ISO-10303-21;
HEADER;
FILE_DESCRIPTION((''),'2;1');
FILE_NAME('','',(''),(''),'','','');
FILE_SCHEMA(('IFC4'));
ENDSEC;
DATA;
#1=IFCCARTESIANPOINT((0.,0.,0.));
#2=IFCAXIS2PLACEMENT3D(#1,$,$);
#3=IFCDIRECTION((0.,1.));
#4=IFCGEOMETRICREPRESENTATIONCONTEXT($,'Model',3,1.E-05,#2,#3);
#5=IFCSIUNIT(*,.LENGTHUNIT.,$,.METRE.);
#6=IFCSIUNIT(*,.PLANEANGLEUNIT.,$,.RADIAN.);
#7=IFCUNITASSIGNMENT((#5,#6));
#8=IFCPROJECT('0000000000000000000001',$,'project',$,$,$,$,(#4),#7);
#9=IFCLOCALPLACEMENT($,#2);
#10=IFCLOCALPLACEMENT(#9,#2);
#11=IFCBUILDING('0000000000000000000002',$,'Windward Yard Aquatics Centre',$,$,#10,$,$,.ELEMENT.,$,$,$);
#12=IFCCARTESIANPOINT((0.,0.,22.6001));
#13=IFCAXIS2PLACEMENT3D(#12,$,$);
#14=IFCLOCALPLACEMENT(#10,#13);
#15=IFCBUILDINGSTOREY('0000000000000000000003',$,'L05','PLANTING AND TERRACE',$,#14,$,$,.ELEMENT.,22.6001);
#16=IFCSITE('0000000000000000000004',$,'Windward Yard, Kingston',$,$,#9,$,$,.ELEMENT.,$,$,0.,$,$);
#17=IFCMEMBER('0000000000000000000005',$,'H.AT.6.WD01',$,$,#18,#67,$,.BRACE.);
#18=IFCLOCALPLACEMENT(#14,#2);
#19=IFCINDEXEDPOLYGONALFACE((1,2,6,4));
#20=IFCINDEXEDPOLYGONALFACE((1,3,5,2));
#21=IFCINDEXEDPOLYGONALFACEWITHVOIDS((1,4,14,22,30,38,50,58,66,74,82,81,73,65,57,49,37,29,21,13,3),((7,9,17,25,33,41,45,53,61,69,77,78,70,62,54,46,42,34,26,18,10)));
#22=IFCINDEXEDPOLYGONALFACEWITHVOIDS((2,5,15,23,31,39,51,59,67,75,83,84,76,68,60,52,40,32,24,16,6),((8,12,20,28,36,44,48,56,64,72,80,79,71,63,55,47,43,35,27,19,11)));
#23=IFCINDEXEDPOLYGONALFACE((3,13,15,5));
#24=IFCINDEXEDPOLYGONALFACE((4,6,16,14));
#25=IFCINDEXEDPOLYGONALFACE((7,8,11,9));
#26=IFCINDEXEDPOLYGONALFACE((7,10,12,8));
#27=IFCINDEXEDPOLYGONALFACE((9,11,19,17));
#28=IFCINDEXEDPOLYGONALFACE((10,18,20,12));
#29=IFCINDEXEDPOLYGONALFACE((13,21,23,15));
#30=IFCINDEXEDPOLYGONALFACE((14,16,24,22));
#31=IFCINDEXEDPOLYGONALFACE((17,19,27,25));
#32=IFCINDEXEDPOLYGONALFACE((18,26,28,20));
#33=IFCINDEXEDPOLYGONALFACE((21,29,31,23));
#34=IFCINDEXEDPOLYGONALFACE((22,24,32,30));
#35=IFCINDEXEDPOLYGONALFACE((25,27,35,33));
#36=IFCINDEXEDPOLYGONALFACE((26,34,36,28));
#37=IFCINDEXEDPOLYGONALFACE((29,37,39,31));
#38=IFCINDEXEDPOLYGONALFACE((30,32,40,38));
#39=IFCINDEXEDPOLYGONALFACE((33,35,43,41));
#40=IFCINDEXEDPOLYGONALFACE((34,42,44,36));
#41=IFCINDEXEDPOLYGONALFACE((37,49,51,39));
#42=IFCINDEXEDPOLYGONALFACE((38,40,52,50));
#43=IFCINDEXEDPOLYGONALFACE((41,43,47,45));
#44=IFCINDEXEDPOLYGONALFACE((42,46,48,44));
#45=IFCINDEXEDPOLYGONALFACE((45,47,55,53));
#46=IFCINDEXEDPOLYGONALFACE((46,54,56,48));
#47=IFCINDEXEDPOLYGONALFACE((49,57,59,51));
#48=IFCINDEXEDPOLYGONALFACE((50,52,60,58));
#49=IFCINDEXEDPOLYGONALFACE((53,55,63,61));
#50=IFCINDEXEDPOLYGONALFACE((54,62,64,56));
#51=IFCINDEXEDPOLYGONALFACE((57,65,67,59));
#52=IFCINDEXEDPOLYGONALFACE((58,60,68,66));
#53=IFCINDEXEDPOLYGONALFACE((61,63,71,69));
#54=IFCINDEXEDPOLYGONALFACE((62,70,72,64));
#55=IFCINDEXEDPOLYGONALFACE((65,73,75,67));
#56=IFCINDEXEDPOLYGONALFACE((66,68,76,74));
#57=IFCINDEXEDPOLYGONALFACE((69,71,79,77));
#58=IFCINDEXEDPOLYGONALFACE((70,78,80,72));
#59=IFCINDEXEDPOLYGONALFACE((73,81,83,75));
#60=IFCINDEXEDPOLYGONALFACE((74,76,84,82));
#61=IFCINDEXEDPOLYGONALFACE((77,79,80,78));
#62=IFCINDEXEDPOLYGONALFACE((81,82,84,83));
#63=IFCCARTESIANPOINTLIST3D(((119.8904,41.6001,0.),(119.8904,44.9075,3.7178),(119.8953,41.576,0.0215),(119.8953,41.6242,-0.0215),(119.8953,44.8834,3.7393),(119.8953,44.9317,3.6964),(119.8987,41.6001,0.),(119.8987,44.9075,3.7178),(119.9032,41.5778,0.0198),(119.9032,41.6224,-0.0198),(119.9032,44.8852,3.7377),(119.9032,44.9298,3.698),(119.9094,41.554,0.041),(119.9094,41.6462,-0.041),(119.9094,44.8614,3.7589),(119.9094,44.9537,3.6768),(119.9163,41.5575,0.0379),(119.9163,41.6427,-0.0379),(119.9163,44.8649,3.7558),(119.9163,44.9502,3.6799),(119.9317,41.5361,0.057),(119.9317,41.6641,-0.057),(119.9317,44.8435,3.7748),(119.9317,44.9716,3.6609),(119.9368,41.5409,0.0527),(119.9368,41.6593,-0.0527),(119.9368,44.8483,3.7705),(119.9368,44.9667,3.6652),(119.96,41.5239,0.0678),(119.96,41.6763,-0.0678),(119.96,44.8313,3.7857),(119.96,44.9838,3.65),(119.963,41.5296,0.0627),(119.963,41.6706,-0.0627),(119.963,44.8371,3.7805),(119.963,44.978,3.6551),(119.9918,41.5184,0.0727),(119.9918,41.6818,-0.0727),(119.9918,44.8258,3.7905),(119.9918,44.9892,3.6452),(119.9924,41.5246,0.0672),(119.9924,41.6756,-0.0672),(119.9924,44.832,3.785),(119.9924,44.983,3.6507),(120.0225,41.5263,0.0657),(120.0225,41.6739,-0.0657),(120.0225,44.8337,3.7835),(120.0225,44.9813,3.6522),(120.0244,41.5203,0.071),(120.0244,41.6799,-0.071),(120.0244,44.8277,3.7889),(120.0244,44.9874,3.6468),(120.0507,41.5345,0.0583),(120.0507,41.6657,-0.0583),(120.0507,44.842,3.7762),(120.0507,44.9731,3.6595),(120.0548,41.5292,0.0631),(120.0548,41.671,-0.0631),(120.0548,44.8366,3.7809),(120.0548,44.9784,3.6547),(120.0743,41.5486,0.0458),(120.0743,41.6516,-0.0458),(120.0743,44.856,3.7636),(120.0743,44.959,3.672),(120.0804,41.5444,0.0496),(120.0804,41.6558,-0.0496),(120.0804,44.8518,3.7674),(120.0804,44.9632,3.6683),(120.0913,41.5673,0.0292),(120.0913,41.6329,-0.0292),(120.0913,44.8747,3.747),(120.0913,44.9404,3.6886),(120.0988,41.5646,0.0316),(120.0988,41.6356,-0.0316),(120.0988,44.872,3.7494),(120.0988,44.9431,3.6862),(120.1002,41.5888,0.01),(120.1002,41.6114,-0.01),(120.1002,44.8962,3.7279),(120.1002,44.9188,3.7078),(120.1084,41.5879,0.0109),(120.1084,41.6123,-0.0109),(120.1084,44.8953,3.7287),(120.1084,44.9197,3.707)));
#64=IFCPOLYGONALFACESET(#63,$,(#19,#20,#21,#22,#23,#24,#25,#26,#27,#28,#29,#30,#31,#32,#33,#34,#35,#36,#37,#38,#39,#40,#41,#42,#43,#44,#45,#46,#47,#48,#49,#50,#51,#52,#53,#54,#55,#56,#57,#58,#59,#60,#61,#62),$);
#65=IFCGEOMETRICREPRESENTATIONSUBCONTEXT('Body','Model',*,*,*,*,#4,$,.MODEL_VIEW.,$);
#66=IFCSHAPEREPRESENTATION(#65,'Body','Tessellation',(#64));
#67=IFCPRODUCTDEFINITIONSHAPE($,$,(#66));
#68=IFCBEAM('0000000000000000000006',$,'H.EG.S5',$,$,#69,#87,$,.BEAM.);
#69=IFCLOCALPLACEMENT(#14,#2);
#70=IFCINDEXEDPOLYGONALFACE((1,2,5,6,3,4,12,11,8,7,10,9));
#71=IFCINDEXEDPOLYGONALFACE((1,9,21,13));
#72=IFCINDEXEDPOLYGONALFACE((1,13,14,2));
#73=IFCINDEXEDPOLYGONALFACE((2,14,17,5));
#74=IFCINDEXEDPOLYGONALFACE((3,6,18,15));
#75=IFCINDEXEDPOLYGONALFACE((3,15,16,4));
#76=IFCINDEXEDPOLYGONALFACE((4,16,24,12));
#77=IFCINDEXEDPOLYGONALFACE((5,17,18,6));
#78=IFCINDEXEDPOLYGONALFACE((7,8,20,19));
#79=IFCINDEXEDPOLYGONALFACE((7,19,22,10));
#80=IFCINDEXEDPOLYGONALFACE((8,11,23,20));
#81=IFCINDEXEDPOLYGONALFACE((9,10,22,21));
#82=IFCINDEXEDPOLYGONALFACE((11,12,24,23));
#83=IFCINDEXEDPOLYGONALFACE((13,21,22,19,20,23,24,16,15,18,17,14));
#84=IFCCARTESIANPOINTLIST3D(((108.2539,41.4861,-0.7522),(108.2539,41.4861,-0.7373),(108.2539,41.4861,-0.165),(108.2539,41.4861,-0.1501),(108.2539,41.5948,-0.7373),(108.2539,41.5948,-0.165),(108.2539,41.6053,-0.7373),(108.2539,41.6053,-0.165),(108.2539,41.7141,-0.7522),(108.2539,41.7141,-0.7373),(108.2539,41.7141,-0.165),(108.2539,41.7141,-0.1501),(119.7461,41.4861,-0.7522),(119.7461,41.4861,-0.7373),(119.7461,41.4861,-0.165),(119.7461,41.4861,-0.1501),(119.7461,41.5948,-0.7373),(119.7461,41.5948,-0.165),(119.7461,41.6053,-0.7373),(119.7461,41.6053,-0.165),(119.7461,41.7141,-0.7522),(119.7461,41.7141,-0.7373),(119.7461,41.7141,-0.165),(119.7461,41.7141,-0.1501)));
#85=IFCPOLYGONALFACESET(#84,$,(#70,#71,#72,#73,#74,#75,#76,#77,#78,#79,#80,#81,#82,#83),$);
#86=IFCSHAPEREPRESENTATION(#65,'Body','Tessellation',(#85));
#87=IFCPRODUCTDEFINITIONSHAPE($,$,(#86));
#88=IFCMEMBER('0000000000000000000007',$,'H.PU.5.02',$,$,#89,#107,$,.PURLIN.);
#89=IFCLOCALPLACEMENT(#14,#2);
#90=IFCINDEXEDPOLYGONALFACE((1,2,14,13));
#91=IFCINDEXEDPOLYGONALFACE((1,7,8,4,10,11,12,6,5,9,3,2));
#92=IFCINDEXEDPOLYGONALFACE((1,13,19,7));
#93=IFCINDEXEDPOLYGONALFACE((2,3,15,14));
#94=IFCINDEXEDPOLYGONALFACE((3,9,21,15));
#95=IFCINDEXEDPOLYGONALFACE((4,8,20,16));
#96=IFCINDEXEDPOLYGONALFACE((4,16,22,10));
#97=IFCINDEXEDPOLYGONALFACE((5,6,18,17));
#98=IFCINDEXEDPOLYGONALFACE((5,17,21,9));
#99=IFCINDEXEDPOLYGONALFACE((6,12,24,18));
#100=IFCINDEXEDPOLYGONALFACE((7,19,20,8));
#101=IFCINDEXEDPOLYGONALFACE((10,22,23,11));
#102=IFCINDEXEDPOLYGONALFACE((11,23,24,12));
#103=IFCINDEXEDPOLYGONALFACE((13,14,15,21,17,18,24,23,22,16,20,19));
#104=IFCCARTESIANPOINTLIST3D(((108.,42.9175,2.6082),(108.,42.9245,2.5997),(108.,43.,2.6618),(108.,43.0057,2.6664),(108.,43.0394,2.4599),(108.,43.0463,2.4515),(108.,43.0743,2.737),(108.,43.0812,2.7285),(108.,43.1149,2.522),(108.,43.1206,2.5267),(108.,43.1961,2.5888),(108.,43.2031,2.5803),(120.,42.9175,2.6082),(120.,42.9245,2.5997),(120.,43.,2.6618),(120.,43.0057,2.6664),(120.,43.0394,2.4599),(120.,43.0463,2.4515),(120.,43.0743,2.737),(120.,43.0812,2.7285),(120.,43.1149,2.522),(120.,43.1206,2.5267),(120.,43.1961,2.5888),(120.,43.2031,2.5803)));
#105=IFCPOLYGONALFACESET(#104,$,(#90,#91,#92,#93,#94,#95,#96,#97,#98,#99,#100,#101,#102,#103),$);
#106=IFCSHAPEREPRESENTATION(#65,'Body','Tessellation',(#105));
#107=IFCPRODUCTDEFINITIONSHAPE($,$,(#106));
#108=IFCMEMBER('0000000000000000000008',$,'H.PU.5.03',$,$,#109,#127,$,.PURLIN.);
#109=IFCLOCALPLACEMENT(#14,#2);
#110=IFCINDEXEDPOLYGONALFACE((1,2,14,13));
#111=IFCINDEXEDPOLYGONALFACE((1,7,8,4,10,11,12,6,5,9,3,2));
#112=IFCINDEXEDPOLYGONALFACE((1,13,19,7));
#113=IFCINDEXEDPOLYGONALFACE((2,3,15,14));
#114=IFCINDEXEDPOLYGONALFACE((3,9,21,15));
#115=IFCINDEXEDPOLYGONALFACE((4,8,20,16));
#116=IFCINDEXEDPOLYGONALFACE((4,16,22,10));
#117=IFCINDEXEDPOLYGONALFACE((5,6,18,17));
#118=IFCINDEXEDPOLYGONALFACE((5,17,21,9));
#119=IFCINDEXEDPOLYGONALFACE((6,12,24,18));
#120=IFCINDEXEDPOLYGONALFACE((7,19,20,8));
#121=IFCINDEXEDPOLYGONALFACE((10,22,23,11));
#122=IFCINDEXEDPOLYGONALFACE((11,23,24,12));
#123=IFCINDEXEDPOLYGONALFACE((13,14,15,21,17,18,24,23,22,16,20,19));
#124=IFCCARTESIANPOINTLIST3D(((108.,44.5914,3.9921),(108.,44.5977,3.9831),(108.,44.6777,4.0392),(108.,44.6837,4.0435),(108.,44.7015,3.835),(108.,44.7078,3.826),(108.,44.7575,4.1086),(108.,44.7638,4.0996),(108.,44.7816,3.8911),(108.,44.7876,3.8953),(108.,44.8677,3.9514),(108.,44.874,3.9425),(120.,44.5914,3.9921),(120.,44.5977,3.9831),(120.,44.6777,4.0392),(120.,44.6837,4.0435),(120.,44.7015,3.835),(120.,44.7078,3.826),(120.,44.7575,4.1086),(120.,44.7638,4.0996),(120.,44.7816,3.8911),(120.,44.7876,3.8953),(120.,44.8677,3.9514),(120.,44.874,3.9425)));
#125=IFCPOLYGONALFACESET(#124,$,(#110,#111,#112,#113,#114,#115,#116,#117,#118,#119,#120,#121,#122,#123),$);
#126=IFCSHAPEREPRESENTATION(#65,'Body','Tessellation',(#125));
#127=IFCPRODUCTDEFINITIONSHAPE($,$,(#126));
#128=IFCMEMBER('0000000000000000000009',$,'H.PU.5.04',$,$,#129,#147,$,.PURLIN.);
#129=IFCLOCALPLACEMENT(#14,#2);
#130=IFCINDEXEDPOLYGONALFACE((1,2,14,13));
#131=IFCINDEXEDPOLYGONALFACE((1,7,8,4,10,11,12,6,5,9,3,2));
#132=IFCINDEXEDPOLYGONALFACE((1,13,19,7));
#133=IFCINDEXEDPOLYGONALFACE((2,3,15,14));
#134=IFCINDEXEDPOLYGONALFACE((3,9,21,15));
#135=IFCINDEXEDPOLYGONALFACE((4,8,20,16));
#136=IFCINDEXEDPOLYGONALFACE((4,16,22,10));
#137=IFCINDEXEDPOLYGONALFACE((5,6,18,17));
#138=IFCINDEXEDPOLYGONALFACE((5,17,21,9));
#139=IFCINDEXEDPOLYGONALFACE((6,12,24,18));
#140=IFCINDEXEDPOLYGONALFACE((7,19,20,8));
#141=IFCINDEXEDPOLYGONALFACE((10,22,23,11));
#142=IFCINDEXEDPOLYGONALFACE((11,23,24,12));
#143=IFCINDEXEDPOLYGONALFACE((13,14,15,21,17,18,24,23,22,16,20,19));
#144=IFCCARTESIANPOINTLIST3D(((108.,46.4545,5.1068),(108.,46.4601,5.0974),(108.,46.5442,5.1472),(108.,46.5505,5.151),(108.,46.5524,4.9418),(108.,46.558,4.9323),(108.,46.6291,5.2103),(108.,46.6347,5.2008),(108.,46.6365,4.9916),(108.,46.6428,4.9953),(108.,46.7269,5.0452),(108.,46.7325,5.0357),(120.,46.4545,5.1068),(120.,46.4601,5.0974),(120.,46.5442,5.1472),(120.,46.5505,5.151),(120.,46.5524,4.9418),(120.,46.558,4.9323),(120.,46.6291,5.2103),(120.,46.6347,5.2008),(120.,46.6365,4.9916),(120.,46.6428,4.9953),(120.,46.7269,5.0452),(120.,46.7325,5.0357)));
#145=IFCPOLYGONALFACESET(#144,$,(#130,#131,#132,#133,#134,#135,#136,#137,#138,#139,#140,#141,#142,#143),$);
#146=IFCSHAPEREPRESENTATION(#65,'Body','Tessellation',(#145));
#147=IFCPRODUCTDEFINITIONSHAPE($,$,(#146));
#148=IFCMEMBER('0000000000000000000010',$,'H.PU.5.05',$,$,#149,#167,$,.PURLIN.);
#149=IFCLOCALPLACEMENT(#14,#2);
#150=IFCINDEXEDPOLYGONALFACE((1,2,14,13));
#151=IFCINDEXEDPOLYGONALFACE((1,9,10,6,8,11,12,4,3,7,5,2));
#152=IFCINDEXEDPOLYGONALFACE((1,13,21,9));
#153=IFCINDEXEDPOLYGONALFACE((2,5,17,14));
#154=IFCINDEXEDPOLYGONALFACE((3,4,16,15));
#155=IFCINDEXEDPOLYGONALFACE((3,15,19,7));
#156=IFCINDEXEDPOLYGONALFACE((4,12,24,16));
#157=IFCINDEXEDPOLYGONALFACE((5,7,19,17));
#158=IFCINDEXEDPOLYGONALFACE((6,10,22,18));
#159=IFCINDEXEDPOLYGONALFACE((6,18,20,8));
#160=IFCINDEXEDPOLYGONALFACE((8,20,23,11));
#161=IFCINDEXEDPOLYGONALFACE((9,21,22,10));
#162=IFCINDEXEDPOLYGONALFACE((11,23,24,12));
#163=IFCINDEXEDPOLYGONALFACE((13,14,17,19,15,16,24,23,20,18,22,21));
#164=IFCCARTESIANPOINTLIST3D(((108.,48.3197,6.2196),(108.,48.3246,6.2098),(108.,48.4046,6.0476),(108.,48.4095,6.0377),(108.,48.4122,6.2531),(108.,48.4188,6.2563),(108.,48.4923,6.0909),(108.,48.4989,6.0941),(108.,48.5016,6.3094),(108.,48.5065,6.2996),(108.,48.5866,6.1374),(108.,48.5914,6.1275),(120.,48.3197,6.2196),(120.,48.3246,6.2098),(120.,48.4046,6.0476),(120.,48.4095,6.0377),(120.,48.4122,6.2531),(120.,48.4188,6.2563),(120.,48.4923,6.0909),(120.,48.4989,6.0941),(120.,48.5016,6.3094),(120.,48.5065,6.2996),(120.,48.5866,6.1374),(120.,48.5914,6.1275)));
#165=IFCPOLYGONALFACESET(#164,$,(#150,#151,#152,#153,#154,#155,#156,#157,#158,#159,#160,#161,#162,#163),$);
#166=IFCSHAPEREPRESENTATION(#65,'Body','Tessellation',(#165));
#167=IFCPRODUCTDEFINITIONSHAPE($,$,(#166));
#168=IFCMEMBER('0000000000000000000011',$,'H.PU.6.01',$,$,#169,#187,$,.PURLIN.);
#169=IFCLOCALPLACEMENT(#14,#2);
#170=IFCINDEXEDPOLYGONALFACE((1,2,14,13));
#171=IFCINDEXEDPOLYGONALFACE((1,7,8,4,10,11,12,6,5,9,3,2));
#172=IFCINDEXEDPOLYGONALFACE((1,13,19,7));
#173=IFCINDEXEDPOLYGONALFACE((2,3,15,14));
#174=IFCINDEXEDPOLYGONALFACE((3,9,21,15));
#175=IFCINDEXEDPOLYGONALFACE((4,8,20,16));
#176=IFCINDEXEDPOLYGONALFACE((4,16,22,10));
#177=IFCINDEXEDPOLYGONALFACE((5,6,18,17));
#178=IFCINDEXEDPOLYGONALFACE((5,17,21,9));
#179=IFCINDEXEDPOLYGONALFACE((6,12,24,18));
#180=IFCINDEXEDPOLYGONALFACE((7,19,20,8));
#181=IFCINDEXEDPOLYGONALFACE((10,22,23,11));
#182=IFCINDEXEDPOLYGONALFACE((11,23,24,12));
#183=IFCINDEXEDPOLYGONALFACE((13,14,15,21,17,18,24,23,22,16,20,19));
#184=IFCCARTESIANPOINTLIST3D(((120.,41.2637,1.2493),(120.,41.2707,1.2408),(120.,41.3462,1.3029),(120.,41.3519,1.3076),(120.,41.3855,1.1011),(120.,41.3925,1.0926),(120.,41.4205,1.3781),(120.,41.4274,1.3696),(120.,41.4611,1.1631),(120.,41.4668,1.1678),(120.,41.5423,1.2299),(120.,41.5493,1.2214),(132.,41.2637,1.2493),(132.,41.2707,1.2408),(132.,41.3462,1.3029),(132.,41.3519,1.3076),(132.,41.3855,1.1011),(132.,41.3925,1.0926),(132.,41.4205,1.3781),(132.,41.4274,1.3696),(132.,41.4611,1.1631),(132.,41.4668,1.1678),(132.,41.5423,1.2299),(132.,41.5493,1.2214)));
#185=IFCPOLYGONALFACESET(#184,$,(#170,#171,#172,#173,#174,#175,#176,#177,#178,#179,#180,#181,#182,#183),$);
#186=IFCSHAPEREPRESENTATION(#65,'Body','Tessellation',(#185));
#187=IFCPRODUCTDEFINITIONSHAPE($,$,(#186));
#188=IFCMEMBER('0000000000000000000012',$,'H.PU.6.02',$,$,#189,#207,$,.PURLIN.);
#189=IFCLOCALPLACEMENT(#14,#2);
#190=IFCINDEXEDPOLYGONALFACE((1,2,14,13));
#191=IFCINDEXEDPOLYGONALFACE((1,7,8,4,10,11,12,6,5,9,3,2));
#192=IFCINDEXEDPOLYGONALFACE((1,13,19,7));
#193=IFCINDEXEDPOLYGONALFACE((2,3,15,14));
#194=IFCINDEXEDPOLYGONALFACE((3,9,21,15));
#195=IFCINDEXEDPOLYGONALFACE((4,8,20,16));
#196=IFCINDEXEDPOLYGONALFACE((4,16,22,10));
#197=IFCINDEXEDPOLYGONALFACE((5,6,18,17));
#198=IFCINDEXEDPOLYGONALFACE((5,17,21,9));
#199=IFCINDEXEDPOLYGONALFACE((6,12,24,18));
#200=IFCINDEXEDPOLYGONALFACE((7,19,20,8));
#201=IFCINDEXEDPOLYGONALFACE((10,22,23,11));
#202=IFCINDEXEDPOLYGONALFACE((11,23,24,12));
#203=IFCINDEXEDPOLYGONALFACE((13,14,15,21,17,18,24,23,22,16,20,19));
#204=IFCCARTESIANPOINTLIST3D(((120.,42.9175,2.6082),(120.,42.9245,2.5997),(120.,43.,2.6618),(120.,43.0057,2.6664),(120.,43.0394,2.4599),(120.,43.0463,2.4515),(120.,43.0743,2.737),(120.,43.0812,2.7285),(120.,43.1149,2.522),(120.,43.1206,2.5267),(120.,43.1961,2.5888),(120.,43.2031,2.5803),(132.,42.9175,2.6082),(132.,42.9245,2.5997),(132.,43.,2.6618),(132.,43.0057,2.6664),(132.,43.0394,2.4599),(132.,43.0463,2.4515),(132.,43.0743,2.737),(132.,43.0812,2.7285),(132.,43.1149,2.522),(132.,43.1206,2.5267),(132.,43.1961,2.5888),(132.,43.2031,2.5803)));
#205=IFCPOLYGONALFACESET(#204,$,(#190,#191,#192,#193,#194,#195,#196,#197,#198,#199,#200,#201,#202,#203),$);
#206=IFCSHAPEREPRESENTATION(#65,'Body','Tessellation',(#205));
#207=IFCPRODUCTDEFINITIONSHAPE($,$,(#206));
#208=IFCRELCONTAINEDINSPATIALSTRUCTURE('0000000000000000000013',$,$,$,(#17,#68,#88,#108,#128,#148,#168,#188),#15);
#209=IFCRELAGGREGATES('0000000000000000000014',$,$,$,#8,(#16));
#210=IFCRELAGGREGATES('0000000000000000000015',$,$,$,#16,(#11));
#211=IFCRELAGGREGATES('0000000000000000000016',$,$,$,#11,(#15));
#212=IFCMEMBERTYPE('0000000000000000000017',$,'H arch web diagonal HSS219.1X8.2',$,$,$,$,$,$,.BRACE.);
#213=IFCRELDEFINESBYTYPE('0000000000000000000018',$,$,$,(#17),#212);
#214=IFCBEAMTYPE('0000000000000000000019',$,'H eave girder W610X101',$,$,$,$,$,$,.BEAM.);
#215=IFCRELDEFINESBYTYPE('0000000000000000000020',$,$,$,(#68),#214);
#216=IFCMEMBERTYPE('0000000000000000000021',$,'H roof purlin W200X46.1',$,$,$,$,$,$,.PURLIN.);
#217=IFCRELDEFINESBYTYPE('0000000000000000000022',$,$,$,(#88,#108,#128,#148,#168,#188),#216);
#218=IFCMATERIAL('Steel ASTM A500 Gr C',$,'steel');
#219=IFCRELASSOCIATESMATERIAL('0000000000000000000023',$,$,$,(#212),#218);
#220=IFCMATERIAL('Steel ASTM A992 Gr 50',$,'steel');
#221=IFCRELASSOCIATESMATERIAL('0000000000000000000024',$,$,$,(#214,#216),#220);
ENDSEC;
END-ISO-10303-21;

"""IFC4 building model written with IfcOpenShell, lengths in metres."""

from ifc_helpers import new_model, si_unit, direction, frame, origin, origin_2d, place, context, subcontext, project, spatial, hollow_circle, i_section, extrude, material, material_profile, profile_set, type_object, element, save


model = new_model("IFC4")

# Units and contexts
model_context = context("Model", 3, precision=1e-05, world=origin(), true_north=direction((0.0, 1.0)))
body_context = subcontext(model_context, "Body", "Model", "MODEL_VIEW")
ifc_project = project(units=[si_unit("LENGTHUNIT", "METRE"), si_unit("PLANEANGLEUNIT", "RADIAN")], contexts=[model_context])

# Site, building, storey
site_placement = place(None, origin())
site = spatial("IfcSite", under=ifc_project, at=site_placement, Name="Windward Yard, Kingston", CompositionType="ELEMENT", RefElevation=0.0)
building_placement = place(site_placement, origin())
building = spatial("IfcBuilding", under=site, at=building_placement, Name="Windward Yard Aquatics Centre", CompositionType="ELEMENT")
storey_placement = place(building_placement, frame((0.0, 0.0, 22.6001)))
storey = spatial("IfcBuildingStorey", under=building, at=storey_placement, Name="L05", Description="PLANTING AND TERRACE", CompositionType="ELEMENT", Elevation=22.6001)

# Member
ifc_material_1 = material(Name="Steel ASTM A500 Gr C", Category="steel")
ifc_material_profile_1 = material_profile(ifc_material_1, hollow_circle(Radius=0.1096, WallThickness=0.0083, at=origin_2d()), Name="HSS219.1X8.2")
ifc_profile_set_1 = profile_set([ifc_material_profile_1], Name="Steel ASTM A500 Gr C")
member_type_1 = type_object("IfcMemberType", Name="H arch web diagonal HSS219.1X8.2", PredefinedType="BRACE", material=ifc_profile_set_1)
member_1_placement = place(storey_placement, frame((120.0, 41.6001, 0.0), z_axis=(0.0, 0.664665, 0.747141), x_axis=(-1.0, 0.0, 0.0)))
element("IfcMember", 1, at=member_1_placement, inside=storey, type_object=member_type_1, Name="H.AT.6.WD01", PredefinedType="BRACE", context=body_context, shape_type="SweptSolid", body=[
    extrude(hollow_circle(Radius=0.1096, WallThickness=0.0083, at=origin_2d()), origin(), (0.0, 0.0, 1.0), 4.9761),
])

# Beam
ifc_material_2 = material(Name="Steel ASTM A992 Gr 50", Category="steel")
ifc_material_profile_2 = material_profile(ifc_material_2, i_section(OverallWidth=0.228, OverallDepth=0.6021, WebThickness=0.0105, FlangeThickness=0.0149, at=origin_2d()), Name="W610X101")
ifc_profile_set_2 = profile_set([ifc_material_profile_2], Name="Steel ASTM A992 Gr 50")
beam_type = type_object("IfcBeamType", Name="H eave girder W610X101", PredefinedType="BEAM", material=ifc_profile_set_2)
beam_placement = place(storey_placement, frame((108.2539, 41.6001, -0.4512), z_axis=(1.0, 0.0, 0.0), x_axis=(0.0, 1.0, 0.0)))
element("IfcBeam", 2, at=beam_placement, inside=storey, type_object=beam_type, Name="H.EG.S5", PredefinedType="BEAM", context=body_context, shape_type="SweptSolid", body=[
    extrude(i_section(OverallWidth=0.228, OverallDepth=0.6021, WebThickness=0.0105, FlangeThickness=0.0149, at=origin_2d()), origin(), (0.0, 0.0, 1.0), 11.4922),
])

# Members
ifc_material_profile_3 = material_profile(ifc_material_2, i_section(OverallWidth=0.2029, OverallDepth=0.2029, WebThickness=0.0073, FlangeThickness=0.011, at=origin_2d()), Name="W200X46.1")
ifc_profile_set_3 = profile_set([ifc_material_profile_3], Name="Steel ASTM A992 Gr 50")
member_type_2 = type_object("IfcMemberType", Name="H roof purlin W200X46.1", PredefinedType="PURLIN", material=ifc_profile_set_3)
for number, where, z_axis, x_axis, name in (
    (3, (108.0, 43.0603, 2.5942), (1.0, 0.0, 0.0), (0.0, 0.772611, 0.63488), "H.PU.5.02"),
    (4, (108.0, 44.7327, 3.9673), (1.0, 0.0, 0.0), (0.0, 0.818831, 0.574035), "H.PU.5.03"),
    (5, (108.0, 46.5935, 5.0713), (1.0, 0.0, 0.0), (0.0, 0.86027, 0.509838), "H.PU.5.04"),
    (6, (108.0, 48.4556, 6.1736), (1.0, 0.0, 0.0), (0.0, 0.896687, 0.442665), "H.PU.5.05"),
    (7, (120.0, 41.4065, 1.2354), (1.0, 0.0, 0.0), (0.0, 0.772611, 0.63488), "H.PU.6.01"),
    (8, (120.0, 43.0603, 2.5942), (1.0, 0.0, 0.0), (0.0, 0.772611, 0.63488), "H.PU.6.02"),
):
    element("IfcMember", number, at=place(storey_placement, frame(where, z_axis=z_axis, x_axis=x_axis)), inside=storey, type_object=member_type_2, Name=name, PredefinedType="PURLIN", context=body_context, shape_type="SweptSolid", body=[
        extrude(i_section(OverallWidth=0.2029, OverallDepth=0.2029, WebThickness=0.0073, FlangeThickness=0.011, at=origin_2d()), origin(), (0.0, 0.0, 1.0), 12.0),
    ])

save(model, "model.ifc")
